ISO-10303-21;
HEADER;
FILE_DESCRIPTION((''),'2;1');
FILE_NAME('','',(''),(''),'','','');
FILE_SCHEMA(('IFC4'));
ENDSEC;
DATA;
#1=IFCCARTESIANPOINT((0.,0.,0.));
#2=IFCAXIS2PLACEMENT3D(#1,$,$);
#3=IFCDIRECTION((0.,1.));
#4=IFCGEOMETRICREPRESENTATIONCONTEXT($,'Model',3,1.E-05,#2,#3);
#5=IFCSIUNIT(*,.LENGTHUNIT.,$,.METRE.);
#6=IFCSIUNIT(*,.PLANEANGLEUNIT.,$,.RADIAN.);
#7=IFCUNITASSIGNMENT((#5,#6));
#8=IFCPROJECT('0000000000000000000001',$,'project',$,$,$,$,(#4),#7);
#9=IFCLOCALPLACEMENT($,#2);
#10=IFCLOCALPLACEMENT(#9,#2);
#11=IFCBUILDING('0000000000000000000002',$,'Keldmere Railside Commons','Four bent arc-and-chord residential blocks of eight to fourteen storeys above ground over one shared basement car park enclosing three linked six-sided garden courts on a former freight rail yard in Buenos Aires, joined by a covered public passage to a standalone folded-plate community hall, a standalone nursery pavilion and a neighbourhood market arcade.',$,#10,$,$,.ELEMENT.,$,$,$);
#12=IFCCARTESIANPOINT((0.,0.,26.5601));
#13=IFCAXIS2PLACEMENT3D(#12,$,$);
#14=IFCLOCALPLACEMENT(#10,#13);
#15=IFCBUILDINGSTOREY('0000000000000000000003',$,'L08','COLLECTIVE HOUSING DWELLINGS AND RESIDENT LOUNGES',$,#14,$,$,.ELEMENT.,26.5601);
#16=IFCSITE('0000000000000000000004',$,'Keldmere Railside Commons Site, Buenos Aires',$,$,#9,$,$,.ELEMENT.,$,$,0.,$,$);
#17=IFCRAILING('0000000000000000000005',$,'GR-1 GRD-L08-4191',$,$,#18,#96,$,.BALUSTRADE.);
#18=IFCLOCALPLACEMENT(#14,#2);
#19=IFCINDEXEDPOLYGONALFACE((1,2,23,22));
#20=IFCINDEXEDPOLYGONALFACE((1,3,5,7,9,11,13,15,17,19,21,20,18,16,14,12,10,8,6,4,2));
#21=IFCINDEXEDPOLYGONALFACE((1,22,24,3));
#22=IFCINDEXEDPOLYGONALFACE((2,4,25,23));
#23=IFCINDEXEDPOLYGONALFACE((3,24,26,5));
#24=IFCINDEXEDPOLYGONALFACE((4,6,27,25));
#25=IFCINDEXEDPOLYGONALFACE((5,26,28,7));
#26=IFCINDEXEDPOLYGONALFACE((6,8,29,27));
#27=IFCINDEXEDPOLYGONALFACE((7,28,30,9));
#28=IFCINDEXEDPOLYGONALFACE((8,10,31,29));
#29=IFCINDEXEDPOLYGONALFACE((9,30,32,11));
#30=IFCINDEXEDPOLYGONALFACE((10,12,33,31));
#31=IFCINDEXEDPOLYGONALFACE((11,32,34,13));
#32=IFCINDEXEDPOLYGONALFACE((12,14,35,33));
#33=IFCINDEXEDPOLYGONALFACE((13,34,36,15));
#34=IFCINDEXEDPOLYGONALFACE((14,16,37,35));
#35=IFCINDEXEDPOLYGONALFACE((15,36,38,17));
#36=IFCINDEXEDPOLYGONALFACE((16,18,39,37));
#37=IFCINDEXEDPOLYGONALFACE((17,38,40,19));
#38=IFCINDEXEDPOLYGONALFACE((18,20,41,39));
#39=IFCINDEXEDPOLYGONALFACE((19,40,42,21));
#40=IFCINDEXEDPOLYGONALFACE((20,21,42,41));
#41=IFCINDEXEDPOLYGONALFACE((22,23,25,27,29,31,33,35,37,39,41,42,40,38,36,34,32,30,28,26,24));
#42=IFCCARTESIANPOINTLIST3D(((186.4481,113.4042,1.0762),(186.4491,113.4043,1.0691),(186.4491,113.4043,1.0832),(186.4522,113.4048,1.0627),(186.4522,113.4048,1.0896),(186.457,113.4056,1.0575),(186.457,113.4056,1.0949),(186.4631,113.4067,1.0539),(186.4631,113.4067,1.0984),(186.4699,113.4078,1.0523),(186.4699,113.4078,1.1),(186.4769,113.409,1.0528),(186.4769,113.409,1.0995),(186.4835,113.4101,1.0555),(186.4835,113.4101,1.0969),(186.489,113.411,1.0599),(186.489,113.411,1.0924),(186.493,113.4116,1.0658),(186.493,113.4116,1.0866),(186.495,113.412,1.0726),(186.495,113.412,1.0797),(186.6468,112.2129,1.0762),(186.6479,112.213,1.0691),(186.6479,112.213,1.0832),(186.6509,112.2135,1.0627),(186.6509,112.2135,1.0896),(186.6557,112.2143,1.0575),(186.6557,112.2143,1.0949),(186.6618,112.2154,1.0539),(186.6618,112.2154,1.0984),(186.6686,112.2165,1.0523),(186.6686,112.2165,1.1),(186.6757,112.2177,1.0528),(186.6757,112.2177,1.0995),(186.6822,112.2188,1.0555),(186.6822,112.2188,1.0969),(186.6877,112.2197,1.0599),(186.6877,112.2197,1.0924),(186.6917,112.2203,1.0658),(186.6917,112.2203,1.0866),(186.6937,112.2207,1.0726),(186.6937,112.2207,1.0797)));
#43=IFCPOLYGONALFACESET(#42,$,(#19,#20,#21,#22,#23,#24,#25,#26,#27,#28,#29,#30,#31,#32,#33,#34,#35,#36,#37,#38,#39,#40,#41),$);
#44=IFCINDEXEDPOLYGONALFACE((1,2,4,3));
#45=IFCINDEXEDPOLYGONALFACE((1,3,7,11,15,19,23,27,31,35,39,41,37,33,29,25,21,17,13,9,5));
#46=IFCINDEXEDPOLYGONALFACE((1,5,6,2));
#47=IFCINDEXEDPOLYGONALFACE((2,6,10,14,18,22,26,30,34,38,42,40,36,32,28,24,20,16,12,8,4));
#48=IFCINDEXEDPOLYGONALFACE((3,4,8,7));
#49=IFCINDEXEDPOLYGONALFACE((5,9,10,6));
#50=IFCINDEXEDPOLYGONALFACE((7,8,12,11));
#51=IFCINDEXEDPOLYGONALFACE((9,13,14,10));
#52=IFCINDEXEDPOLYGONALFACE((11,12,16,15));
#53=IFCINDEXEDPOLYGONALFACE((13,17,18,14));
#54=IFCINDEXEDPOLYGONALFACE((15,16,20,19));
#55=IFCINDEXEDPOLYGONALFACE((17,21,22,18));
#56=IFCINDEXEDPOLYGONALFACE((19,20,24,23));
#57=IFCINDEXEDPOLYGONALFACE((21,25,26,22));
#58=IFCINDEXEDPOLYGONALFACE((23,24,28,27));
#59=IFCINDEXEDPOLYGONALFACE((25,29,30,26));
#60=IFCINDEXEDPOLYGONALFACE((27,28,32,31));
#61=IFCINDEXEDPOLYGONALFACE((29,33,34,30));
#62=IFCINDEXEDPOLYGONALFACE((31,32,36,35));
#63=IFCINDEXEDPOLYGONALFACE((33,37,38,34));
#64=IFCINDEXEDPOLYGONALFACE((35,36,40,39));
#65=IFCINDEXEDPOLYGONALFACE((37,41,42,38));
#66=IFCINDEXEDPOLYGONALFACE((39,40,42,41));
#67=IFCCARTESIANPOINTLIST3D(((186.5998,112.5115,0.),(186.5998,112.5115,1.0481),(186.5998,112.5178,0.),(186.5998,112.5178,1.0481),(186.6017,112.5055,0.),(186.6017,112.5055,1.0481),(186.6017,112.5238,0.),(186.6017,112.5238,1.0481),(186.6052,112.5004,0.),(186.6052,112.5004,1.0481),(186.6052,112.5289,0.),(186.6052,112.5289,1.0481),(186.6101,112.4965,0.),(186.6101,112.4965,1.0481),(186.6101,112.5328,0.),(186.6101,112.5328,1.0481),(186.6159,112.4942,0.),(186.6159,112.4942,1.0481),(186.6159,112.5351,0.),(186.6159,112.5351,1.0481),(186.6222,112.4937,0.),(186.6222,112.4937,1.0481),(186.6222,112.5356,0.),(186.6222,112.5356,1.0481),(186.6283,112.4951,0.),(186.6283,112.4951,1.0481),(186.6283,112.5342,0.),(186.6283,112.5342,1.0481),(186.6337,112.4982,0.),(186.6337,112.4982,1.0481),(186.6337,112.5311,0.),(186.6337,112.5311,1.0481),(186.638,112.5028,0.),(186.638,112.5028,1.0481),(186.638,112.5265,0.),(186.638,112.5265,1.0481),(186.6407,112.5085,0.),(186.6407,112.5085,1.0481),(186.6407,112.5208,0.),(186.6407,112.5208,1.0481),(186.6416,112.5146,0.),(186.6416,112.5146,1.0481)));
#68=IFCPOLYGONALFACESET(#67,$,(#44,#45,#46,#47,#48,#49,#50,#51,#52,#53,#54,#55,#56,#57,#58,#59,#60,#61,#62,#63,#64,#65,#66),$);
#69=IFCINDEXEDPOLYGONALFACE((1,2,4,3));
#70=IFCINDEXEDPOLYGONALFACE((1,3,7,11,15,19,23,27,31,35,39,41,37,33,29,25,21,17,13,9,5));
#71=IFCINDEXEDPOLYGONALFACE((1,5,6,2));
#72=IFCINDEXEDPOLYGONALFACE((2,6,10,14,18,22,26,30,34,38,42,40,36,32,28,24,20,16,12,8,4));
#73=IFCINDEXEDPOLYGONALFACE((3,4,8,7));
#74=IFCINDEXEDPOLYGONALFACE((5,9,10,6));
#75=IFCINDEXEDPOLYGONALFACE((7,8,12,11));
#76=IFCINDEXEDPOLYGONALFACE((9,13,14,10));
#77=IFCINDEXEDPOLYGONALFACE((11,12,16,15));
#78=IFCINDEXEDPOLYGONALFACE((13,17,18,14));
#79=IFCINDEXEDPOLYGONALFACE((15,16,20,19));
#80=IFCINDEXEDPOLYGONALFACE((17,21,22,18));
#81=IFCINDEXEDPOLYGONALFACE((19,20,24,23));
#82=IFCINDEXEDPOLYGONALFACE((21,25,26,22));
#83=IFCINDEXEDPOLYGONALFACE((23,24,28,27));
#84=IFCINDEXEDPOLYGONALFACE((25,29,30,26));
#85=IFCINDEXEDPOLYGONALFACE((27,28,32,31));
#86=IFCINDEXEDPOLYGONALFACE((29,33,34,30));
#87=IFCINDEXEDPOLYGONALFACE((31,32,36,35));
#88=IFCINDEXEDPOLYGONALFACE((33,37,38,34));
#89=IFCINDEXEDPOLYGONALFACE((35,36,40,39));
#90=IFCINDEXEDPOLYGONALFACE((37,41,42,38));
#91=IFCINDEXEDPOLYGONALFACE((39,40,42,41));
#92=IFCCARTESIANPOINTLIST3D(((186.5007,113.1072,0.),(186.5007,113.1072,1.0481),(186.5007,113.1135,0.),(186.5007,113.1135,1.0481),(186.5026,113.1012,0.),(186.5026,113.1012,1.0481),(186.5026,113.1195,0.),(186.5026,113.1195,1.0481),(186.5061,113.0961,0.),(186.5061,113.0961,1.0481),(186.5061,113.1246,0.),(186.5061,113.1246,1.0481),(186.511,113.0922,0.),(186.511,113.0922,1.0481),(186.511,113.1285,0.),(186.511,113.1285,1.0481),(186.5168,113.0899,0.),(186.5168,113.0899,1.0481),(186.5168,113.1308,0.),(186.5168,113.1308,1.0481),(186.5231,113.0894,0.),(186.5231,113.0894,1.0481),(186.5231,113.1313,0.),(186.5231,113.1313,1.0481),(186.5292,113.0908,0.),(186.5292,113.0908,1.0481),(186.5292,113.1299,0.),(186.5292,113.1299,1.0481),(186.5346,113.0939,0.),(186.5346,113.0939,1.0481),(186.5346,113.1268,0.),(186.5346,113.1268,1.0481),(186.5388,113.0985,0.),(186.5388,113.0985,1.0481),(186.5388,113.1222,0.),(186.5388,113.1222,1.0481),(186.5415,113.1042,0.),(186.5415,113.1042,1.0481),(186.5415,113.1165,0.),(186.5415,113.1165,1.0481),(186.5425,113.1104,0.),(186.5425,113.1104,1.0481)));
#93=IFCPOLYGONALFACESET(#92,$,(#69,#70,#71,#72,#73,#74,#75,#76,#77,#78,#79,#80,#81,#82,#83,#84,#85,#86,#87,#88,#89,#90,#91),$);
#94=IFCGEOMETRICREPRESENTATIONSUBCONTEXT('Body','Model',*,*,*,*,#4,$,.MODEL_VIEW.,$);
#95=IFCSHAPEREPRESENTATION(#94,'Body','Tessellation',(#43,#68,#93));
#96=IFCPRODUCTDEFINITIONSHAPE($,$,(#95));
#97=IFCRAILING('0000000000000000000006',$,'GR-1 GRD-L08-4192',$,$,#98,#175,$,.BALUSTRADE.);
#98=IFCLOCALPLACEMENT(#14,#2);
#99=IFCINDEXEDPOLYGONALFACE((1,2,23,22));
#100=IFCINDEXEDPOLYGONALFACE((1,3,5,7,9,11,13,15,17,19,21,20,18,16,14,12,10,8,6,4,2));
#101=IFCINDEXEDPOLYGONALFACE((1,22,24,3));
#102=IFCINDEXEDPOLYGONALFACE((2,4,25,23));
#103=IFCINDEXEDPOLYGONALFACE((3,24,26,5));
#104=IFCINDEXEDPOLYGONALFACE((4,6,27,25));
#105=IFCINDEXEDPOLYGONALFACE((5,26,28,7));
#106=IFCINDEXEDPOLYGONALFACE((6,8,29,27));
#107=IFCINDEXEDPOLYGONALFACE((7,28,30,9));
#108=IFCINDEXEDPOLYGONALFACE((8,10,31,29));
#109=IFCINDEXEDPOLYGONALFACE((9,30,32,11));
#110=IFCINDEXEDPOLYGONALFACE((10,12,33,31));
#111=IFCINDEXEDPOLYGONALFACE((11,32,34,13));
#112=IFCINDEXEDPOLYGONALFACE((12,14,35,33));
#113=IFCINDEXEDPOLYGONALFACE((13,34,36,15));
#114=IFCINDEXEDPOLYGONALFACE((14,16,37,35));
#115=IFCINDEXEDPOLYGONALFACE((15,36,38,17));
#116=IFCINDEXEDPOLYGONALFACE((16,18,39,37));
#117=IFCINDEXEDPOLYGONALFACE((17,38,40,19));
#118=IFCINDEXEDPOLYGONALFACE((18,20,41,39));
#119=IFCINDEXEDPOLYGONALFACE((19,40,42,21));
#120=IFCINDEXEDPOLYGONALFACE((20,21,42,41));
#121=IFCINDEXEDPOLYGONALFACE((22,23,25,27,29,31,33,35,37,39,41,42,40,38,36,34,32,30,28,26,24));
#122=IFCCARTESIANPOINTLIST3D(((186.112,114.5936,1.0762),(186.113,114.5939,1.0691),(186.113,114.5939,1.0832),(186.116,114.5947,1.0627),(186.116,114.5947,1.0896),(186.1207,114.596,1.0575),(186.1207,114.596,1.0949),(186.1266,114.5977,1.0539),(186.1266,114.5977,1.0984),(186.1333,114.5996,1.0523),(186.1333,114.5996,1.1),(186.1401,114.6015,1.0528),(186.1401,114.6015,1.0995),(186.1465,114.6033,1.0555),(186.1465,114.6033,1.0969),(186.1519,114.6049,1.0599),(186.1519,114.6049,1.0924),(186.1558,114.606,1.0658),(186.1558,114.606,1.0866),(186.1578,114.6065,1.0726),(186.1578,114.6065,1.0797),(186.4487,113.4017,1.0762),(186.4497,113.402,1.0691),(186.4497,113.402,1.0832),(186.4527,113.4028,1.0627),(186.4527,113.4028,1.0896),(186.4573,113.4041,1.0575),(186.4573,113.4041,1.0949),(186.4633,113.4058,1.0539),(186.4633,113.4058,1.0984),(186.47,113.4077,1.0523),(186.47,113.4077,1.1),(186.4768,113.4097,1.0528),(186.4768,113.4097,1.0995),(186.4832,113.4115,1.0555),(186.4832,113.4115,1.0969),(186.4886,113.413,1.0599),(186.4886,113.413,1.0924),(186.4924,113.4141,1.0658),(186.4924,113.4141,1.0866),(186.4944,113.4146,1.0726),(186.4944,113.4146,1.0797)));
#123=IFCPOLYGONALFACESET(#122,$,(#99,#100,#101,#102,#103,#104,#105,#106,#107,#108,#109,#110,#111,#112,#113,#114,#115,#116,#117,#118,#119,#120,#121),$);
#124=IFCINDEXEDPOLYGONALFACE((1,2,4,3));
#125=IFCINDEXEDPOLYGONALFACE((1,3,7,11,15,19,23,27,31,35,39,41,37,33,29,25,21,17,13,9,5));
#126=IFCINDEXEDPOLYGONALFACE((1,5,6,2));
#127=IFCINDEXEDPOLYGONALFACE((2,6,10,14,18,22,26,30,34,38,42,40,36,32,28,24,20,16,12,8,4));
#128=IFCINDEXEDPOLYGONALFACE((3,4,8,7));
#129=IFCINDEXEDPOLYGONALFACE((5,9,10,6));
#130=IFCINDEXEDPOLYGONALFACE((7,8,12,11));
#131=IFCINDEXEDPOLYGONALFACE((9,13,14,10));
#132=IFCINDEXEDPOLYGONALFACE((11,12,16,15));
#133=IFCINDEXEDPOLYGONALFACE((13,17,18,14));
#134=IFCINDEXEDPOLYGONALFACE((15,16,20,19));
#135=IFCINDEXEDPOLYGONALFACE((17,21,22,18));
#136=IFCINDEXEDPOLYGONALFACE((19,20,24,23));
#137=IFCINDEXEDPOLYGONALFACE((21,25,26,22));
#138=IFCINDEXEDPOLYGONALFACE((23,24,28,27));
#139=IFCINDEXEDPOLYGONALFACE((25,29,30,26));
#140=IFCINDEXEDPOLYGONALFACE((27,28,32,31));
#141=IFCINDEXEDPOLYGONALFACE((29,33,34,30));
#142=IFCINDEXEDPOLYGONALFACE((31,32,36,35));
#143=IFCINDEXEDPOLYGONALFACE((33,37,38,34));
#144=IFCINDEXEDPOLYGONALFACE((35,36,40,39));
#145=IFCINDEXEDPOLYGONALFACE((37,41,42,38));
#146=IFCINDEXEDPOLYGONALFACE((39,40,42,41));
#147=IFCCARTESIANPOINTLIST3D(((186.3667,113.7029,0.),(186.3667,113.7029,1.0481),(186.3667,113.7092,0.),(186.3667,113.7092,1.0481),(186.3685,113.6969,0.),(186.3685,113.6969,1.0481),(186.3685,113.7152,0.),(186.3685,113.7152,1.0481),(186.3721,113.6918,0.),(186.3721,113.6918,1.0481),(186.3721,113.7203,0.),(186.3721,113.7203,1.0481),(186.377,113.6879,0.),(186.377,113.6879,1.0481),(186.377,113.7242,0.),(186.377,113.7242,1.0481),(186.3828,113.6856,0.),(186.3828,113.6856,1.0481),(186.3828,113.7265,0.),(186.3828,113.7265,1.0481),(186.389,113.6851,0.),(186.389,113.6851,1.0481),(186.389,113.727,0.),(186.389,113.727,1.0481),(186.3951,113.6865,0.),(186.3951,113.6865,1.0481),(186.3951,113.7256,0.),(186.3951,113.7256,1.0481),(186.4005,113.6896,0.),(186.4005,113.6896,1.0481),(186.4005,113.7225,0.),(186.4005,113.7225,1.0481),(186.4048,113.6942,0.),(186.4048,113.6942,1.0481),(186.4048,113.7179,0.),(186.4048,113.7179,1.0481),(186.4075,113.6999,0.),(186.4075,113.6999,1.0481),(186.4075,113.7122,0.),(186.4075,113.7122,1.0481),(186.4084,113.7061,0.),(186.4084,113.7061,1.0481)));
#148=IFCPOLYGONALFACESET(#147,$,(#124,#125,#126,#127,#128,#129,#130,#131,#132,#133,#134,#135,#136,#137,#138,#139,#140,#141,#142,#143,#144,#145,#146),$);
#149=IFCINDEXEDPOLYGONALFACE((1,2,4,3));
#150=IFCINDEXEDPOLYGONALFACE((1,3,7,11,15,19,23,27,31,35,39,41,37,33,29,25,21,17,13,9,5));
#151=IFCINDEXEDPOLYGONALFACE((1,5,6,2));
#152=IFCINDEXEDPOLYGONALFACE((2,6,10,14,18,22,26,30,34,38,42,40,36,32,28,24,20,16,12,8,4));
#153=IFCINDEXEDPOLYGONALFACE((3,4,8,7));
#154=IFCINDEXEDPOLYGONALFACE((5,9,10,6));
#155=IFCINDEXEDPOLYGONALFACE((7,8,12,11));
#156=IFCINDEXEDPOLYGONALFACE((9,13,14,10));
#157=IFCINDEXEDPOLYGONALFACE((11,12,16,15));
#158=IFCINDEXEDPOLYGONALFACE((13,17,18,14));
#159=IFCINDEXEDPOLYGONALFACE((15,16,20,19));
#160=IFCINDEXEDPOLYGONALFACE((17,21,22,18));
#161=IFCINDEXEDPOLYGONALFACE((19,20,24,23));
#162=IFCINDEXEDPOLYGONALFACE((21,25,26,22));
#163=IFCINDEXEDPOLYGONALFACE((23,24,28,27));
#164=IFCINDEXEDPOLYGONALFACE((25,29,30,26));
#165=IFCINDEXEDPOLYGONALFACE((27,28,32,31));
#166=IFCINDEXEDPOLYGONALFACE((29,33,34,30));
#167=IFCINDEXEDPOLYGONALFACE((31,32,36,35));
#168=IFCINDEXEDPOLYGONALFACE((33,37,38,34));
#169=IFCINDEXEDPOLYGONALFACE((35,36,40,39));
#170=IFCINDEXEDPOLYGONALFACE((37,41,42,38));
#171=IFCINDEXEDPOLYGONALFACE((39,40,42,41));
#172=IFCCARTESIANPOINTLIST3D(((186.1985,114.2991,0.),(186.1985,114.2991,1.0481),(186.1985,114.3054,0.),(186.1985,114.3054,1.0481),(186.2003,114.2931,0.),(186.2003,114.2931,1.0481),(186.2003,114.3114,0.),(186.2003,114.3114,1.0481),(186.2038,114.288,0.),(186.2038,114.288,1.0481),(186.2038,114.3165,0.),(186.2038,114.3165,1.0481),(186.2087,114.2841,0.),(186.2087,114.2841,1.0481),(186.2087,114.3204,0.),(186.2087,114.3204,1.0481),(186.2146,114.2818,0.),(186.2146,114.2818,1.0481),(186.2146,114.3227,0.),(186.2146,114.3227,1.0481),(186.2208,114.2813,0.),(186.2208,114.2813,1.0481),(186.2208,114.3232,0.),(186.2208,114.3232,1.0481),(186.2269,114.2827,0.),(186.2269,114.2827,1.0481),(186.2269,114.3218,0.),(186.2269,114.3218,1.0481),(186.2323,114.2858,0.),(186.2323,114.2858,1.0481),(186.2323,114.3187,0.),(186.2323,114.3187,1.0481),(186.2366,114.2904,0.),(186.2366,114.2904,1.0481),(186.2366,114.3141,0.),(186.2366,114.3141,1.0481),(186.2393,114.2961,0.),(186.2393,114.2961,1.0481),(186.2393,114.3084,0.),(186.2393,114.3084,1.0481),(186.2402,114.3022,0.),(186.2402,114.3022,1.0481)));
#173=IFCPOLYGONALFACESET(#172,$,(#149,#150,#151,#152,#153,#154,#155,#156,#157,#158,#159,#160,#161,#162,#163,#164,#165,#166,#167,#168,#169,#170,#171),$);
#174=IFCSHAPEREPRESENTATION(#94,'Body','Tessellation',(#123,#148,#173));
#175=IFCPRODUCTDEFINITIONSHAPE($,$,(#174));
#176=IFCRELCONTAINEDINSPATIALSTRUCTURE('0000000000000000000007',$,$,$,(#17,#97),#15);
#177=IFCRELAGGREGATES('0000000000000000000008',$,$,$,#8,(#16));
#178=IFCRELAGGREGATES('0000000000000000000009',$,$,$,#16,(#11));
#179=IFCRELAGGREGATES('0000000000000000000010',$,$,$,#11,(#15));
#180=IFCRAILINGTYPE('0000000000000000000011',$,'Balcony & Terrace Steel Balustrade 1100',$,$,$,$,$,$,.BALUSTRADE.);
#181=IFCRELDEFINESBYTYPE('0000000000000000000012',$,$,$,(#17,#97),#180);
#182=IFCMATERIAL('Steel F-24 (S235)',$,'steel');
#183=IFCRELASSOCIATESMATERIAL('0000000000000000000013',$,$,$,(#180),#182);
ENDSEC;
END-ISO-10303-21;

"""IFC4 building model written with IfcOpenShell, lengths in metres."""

from ifc_helpers import new_model, si_unit, direction, frame, origin, origin_2d, place, context, subcontext, project, spatial, circle, extrude, material, type_object, element, save


model = new_model("IFC4")

# Units and contexts
model_context = context("Model", 3, precision=1e-05, world=origin(), true_north=direction((0.0, 1.0)))
body_context = subcontext(model_context, "Body", "Model", "MODEL_VIEW")
ifc_project = project(units=[si_unit("LENGTHUNIT", "METRE"), si_unit("PLANEANGLEUNIT", "RADIAN")], contexts=[model_context])

# Site, building, storey
site_placement = place(None, origin())
site = spatial("IfcSite", under=ifc_project, at=site_placement, Name="Keldmere Railside Commons Site, Buenos Aires", CompositionType="ELEMENT", RefElevation=0.0)
building_placement = place(site_placement, origin())
building = spatial("IfcBuilding", under=site, at=building_placement, Name="Keldmere Railside Commons", Description="Four bent arc-and-chord residential blocks of eight to fourteen storeys above ground over one shared basement car park enclosing three linked six-sided garden courts on a former freight rail yard in Buenos Aires, joined by a covered public passage to a standalone folded-plate community hall, a standalone nursery pavilion and a neighbourhood market arcade.", CompositionType="ELEMENT")
storey_placement = place(building_placement, frame((0.0, 0.0, 26.5601)))
storey = spatial("IfcBuildingStorey", under=building, at=storey_placement, Name="L08", Description="COLLECTIVE HOUSING DWELLINGS AND RESIDENT LOUNGES", CompositionType="ELEMENT", Elevation=26.5601)

# Railings
ifc_material_1 = material(Name="Steel F-24 (S235)", Category="steel")
railing_type = type_object("IfcRailingType", Name="Balcony & Terrace Steel Balustrade 1100", PredefinedType="BALUSTRADE", material=ifc_material_1)
railing_1_placement = place(storey_placement, frame((186.6704, 112.2168, 0.0)))
element("IfcRailing", 1, at=railing_1_placement, inside=storey, type_object=railing_type, Name="GR-1 GRD-L08-4191", PredefinedType="BALUSTRADE", context=body_context, shape_type="SweptSolid", body=[
    extrude(circle(Radius=0.0239, at=origin_2d()), frame((0.0, 0.0, 1.0762), z_axis=(-0.16453, 0.986372, 0.0), x_axis=(-0.986372, -0.16453, 0.0)), (0.0, 0.0, 1.0), 1.2078),
    extrude(circle(Radius=0.021, at=origin_2d()), frame((-0.0498, 0.2979, 0.0)), (0.0, 0.0, 1.0), 1.0481),
    extrude(circle(Radius=0.021, at=origin_2d()), frame((-0.1489, 0.8936, 0.0)), (0.0, 0.0, 1.0), 1.0481),
])
railing_2_placement = place(storey_placement, frame((186.4717, 113.4082, 0.0)))
element("IfcRailing", 2, at=railing_2_placement, inside=storey, type_object=railing_type, Name="GR-1 GRD-L08-4192", PredefinedType="BALUSTRADE", context=body_context, shape_type="SweptSolid", body=[
    extrude(circle(Radius=0.0239, at=origin_2d()), frame((0.0, 0.0, 1.0762), z_axis=(-0.27183, 0.962345, 0.0), x_axis=(-0.962345, -0.27183, 0.0)), (0.0, 0.0, 1.0), 1.2385),
    extrude(circle(Radius=0.021, at=origin_2d()), frame((-0.0842, 0.2979, 0.0)), (0.0, 0.0, 1.0), 1.0481),
    extrude(circle(Radius=0.021, at=origin_2d()), frame((-0.2524, 0.894, 0.0)), (0.0, 0.0, 1.0), 1.0481),
])

save(model, "model.ifc")
